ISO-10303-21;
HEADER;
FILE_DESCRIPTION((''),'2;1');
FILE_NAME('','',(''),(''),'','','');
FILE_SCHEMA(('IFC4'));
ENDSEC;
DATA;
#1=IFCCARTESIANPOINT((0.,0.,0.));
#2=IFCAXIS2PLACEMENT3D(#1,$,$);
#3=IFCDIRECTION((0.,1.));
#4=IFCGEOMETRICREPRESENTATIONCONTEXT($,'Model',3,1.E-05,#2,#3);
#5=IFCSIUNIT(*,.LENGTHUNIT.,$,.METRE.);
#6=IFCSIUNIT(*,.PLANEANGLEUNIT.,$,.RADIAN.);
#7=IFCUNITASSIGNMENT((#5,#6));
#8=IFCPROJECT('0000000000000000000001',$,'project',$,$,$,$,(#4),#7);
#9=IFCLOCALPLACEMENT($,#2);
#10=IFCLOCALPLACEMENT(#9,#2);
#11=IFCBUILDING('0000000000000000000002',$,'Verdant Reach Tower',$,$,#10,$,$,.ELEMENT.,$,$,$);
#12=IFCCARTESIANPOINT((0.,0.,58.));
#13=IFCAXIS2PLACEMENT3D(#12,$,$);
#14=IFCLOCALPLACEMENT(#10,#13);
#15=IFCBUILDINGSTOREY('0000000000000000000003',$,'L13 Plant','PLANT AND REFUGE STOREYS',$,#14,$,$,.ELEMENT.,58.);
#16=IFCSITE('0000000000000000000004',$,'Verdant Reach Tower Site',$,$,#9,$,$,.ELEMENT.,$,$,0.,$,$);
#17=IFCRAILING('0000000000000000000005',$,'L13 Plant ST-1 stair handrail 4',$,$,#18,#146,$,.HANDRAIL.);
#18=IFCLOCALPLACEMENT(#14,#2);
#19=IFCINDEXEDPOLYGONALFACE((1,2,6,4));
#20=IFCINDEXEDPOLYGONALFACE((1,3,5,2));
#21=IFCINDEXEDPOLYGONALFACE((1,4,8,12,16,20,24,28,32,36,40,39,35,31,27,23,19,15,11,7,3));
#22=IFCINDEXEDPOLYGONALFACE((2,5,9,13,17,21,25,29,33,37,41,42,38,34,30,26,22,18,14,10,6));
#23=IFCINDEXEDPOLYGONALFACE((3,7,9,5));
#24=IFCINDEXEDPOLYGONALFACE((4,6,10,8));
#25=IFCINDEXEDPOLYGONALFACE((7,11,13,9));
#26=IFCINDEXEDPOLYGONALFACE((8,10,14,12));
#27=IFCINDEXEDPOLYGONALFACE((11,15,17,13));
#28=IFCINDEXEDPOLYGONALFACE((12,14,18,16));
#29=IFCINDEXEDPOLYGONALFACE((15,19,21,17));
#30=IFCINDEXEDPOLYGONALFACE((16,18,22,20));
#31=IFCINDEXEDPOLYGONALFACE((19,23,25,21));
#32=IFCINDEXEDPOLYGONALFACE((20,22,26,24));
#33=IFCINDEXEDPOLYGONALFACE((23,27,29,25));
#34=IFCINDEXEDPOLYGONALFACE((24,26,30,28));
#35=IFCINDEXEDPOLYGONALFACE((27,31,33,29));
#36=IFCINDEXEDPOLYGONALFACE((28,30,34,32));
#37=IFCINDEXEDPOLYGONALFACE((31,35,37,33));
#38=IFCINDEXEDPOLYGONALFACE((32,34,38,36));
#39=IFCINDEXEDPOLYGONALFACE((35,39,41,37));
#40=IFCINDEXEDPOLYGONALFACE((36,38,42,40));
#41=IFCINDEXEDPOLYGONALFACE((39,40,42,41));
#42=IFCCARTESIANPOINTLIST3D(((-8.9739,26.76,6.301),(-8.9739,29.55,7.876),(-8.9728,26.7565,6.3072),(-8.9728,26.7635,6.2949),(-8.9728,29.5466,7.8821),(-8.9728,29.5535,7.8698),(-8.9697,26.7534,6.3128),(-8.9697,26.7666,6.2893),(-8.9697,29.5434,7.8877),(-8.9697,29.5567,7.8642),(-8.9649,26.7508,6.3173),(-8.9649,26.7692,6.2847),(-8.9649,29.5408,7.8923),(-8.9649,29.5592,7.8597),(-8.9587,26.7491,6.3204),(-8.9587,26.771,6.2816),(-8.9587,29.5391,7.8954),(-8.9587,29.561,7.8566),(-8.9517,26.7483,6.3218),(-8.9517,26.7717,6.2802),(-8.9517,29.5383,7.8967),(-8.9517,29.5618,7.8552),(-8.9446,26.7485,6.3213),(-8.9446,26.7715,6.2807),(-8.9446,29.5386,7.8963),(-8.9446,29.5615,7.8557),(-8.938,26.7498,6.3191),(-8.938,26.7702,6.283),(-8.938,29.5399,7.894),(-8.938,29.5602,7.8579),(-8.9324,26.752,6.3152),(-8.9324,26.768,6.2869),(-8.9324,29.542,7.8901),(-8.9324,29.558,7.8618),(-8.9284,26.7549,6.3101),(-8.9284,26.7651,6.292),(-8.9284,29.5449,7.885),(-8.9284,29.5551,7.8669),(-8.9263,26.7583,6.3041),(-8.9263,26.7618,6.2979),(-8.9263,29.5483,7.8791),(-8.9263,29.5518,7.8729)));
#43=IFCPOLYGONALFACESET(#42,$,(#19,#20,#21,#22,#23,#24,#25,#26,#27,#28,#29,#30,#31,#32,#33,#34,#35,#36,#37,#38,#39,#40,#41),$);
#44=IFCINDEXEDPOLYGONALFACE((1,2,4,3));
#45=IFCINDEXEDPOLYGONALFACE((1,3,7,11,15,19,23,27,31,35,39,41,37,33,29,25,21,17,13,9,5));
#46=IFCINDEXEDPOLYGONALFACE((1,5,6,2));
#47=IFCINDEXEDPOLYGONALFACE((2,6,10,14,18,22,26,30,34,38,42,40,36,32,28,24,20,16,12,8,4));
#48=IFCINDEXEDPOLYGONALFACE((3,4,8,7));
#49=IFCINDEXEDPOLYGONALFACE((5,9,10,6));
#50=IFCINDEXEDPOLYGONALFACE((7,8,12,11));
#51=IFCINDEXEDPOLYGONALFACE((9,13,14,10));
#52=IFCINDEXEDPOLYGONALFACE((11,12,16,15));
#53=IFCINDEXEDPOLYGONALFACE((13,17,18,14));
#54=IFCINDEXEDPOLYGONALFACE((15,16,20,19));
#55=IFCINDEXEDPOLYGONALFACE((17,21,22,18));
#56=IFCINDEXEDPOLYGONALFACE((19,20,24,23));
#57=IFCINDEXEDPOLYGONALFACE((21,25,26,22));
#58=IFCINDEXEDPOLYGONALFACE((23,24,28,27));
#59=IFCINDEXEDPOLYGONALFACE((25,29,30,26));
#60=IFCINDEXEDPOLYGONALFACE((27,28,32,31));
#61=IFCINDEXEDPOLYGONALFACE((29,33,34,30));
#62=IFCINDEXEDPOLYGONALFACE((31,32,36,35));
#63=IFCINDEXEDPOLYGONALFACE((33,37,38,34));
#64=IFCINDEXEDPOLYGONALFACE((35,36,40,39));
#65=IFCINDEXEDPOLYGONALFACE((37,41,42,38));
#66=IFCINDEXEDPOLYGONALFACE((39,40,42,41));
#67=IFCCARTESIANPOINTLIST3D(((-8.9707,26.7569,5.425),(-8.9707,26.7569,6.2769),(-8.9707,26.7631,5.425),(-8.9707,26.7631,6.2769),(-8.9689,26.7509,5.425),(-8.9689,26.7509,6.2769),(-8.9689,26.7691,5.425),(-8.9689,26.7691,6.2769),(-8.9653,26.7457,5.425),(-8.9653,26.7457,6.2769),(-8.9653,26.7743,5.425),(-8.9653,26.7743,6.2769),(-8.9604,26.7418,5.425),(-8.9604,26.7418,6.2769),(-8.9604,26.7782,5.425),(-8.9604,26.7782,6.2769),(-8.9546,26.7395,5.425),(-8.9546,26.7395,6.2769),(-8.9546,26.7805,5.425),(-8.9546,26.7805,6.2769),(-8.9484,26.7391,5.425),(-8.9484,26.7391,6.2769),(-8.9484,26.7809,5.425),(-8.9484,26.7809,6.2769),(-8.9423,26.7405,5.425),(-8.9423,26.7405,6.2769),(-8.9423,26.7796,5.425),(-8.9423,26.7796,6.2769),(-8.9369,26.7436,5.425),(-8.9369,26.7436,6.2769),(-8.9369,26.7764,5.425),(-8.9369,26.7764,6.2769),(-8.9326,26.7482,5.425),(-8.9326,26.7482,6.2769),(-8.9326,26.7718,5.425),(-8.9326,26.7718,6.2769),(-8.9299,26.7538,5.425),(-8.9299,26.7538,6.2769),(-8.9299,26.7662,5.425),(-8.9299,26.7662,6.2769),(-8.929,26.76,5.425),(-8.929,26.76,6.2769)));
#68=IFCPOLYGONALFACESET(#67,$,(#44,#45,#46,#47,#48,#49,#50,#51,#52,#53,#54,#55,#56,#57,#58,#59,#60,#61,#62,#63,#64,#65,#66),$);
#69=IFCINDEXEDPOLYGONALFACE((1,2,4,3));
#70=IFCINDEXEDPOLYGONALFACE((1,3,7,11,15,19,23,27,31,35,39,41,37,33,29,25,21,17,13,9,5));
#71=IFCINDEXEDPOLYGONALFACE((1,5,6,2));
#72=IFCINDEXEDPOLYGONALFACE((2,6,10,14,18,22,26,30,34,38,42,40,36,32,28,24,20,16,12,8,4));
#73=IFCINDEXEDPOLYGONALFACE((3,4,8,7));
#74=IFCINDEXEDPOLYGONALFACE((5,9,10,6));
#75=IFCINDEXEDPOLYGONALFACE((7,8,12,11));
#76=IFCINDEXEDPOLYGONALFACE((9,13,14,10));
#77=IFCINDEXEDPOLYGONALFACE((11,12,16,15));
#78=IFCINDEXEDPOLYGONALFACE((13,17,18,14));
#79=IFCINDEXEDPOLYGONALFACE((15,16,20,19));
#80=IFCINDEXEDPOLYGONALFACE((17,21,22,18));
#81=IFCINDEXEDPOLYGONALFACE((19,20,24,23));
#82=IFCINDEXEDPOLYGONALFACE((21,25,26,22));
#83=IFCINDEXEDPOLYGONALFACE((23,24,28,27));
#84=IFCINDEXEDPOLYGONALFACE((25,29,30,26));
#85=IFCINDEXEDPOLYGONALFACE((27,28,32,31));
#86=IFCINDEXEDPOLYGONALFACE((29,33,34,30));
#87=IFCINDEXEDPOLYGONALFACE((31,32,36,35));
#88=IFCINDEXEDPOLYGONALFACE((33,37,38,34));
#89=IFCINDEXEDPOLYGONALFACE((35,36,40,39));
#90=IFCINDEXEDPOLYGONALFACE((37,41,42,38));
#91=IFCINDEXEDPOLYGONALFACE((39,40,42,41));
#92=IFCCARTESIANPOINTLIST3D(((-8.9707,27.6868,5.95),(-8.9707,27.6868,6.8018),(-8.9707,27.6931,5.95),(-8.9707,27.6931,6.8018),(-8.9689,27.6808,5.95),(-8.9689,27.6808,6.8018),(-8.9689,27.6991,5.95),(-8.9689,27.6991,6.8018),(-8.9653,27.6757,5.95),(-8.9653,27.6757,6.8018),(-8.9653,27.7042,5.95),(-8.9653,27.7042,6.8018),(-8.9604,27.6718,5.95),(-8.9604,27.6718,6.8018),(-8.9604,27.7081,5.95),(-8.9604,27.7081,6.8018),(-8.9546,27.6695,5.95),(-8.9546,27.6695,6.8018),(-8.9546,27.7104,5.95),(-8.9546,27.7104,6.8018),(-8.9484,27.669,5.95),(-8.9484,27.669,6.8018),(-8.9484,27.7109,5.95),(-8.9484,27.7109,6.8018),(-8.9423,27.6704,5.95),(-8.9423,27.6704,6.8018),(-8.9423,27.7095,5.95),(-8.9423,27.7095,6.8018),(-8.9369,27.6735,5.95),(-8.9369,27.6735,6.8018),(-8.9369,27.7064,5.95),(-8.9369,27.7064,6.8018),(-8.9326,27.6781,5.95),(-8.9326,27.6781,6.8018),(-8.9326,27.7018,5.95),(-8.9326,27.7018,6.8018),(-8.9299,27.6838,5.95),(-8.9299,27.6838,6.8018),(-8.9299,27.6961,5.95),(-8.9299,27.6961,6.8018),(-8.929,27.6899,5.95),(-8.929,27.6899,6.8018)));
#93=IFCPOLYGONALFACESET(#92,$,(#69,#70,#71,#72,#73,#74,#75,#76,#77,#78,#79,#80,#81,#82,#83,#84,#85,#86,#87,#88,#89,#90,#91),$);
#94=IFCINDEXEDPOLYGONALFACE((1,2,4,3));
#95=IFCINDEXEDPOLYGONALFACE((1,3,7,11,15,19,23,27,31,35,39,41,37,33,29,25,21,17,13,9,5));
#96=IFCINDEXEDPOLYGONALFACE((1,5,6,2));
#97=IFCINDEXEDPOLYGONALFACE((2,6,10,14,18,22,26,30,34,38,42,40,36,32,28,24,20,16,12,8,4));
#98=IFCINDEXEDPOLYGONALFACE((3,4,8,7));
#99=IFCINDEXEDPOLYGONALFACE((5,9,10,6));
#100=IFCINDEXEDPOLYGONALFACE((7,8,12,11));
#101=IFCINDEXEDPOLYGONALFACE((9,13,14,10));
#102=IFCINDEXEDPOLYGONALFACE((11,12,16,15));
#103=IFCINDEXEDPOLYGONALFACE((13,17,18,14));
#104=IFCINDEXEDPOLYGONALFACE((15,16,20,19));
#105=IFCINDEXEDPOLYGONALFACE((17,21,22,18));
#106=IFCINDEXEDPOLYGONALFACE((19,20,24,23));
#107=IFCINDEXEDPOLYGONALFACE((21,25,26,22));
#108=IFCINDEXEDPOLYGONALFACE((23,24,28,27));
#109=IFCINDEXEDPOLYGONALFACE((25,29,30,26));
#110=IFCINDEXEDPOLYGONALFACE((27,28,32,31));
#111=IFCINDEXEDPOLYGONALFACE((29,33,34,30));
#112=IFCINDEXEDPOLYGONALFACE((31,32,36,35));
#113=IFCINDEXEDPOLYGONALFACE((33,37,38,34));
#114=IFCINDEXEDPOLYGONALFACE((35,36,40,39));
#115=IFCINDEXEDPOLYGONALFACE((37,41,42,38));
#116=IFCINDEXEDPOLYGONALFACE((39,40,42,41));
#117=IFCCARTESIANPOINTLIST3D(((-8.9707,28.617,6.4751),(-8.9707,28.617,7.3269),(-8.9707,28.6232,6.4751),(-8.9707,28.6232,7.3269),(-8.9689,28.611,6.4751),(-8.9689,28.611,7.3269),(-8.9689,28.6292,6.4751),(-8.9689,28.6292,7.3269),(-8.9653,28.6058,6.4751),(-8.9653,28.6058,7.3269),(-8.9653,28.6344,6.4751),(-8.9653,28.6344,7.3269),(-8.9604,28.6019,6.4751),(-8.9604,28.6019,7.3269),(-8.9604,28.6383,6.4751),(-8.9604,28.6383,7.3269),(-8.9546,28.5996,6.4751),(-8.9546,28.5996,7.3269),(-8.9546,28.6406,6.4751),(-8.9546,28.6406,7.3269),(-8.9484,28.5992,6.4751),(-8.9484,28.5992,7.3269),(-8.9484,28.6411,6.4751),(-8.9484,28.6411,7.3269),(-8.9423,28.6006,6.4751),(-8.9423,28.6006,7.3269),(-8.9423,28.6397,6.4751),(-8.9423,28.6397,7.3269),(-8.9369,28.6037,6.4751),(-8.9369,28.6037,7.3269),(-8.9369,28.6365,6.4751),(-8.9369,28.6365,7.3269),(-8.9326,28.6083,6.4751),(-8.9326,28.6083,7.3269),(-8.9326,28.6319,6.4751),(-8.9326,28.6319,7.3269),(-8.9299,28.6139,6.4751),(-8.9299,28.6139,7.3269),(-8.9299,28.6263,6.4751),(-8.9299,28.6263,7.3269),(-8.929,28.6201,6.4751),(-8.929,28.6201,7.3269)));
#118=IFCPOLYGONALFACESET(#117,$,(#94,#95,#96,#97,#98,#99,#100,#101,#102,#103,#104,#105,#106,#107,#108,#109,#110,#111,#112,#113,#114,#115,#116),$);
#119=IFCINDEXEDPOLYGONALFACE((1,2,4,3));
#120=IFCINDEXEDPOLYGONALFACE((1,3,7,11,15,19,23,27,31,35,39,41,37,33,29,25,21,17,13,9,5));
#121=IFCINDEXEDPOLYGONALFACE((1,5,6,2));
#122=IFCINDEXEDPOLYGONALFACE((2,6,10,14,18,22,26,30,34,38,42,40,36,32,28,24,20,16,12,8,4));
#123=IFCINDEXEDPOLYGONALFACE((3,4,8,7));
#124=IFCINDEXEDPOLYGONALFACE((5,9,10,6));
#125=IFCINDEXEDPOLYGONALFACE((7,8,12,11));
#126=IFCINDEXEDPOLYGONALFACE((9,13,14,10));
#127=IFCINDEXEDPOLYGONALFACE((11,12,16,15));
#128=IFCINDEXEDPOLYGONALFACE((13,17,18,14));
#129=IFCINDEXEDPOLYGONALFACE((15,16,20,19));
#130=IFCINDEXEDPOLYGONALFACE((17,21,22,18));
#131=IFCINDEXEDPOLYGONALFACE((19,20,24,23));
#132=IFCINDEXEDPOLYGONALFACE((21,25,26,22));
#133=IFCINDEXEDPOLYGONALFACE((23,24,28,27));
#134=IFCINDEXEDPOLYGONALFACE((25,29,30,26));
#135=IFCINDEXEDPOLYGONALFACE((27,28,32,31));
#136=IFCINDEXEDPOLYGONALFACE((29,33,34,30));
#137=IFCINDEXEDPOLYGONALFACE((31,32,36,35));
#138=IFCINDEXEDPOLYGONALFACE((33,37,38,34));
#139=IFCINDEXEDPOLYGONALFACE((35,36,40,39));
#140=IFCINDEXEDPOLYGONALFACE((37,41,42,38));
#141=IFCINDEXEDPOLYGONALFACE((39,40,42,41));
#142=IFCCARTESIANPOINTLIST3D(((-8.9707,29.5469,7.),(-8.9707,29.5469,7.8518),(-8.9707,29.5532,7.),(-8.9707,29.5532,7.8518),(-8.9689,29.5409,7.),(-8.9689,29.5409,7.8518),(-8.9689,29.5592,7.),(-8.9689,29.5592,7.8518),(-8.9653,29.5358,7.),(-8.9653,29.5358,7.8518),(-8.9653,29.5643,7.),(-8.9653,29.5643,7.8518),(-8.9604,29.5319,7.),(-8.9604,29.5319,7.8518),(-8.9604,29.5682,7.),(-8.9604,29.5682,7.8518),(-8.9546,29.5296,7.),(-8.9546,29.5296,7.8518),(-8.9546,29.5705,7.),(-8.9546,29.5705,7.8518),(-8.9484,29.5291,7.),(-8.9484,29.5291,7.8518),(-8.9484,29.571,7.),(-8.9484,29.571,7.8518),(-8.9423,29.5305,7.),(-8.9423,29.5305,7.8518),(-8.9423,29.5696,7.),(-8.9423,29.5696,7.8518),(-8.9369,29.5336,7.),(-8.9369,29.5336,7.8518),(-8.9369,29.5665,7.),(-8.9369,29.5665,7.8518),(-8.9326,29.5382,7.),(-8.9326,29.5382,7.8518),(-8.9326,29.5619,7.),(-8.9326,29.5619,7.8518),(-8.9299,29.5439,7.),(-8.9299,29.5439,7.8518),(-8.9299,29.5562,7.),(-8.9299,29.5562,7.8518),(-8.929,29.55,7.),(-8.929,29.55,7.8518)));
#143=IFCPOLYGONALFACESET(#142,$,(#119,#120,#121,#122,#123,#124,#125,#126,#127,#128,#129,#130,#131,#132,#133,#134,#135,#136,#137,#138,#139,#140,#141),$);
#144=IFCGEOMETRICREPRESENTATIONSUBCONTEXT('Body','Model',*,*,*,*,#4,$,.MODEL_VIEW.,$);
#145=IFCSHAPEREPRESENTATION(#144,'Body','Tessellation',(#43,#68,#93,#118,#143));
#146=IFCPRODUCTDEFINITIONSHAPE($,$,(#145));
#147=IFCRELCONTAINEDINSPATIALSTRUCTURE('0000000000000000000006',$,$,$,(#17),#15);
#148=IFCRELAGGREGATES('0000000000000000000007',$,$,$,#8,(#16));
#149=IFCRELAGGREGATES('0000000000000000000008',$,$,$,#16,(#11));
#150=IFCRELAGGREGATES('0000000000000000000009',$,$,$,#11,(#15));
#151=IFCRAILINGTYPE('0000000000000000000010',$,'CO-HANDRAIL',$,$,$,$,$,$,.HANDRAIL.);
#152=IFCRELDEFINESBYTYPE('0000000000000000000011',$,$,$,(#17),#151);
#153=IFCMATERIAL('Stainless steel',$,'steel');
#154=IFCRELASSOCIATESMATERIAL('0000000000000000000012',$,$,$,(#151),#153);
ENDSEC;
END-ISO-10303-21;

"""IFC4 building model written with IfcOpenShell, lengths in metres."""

from ifc_helpers import new_model, si_unit, direction, frame, origin, origin_2d, place, context, subcontext, project, spatial, circle, extrude, material, type_object, element, save


model = new_model("IFC4")

# Units and contexts
model_context = context("Model", 3, precision=1e-05, world=origin(), true_north=direction((0.0, 1.0)))
body_context = subcontext(model_context, "Body", "Model", "MODEL_VIEW")
ifc_project = project(units=[si_unit("LENGTHUNIT", "METRE"), si_unit("PLANEANGLEUNIT", "RADIAN")], contexts=[model_context])

# Site, building, storey
site_placement = place(None, origin())
site = spatial("IfcSite", under=ifc_project, at=site_placement, Name="Verdant Reach Tower Site", CompositionType="ELEMENT", RefElevation=0.0)
building_placement = place(site_placement, origin())
building = spatial("IfcBuilding", under=site, at=building_placement, Name="Verdant Reach Tower", CompositionType="ELEMENT")
storey_placement = place(building_placement, frame((0.0, 0.0, 58.0)))
storey = spatial("IfcBuildingStorey", under=building, at=storey_placement, Name="L13 Plant", Description="PLANT AND REFUGE STOREYS", CompositionType="ELEMENT", Elevation=58.0)

# Shared definitions
ifc_material_1 = material(Name="Stainless steel", Category="steel")

# Railing
railing_type = type_object("IfcRailingType", Name="CO-HANDRAIL", PredefinedType="HANDRAIL", material=ifc_material_1)
for number, where, name in (
    (1, (-8.95, 26.76, 5.425), "L13 Plant ST-1 stair handrail 4"),
):
    element("IfcRailing", number, at=place(storey_placement, frame(where)), inside=storey, type_object=railing_type, Name=name, PredefinedType="HANDRAIL", context=body_context, shape_type="SweptSolid", body=[
        extrude(circle(Radius=0.0239, at=origin_2d()), frame((0.0, 0.0, 0.876), z_axis=(0.0, 0.870834, 0.491578), x_axis=(-1.0, 0.0, 0.0)), (0.0, 0.0, 1.0), 3.2039),
        extrude(circle(Radius=0.021, at=origin_2d()), origin(), (0.0, 0.0, 1.0), 0.8518),
        extrude(circle(Radius=0.021, at=origin_2d()), frame((0.0, 0.9299, 0.5249)), (0.0, 0.0, 1.0), 0.8518),
        extrude(circle(Radius=0.021, at=origin_2d()), frame((0.0, 1.8601, 1.05)), (0.0, 0.0, 1.0), 0.8518),
        extrude(circle(Radius=0.021, at=origin_2d()), frame((0.0, 2.79, 1.575)), (0.0, 0.0, 1.0), 0.8518),
    ])

save(model, "model.ifc")
